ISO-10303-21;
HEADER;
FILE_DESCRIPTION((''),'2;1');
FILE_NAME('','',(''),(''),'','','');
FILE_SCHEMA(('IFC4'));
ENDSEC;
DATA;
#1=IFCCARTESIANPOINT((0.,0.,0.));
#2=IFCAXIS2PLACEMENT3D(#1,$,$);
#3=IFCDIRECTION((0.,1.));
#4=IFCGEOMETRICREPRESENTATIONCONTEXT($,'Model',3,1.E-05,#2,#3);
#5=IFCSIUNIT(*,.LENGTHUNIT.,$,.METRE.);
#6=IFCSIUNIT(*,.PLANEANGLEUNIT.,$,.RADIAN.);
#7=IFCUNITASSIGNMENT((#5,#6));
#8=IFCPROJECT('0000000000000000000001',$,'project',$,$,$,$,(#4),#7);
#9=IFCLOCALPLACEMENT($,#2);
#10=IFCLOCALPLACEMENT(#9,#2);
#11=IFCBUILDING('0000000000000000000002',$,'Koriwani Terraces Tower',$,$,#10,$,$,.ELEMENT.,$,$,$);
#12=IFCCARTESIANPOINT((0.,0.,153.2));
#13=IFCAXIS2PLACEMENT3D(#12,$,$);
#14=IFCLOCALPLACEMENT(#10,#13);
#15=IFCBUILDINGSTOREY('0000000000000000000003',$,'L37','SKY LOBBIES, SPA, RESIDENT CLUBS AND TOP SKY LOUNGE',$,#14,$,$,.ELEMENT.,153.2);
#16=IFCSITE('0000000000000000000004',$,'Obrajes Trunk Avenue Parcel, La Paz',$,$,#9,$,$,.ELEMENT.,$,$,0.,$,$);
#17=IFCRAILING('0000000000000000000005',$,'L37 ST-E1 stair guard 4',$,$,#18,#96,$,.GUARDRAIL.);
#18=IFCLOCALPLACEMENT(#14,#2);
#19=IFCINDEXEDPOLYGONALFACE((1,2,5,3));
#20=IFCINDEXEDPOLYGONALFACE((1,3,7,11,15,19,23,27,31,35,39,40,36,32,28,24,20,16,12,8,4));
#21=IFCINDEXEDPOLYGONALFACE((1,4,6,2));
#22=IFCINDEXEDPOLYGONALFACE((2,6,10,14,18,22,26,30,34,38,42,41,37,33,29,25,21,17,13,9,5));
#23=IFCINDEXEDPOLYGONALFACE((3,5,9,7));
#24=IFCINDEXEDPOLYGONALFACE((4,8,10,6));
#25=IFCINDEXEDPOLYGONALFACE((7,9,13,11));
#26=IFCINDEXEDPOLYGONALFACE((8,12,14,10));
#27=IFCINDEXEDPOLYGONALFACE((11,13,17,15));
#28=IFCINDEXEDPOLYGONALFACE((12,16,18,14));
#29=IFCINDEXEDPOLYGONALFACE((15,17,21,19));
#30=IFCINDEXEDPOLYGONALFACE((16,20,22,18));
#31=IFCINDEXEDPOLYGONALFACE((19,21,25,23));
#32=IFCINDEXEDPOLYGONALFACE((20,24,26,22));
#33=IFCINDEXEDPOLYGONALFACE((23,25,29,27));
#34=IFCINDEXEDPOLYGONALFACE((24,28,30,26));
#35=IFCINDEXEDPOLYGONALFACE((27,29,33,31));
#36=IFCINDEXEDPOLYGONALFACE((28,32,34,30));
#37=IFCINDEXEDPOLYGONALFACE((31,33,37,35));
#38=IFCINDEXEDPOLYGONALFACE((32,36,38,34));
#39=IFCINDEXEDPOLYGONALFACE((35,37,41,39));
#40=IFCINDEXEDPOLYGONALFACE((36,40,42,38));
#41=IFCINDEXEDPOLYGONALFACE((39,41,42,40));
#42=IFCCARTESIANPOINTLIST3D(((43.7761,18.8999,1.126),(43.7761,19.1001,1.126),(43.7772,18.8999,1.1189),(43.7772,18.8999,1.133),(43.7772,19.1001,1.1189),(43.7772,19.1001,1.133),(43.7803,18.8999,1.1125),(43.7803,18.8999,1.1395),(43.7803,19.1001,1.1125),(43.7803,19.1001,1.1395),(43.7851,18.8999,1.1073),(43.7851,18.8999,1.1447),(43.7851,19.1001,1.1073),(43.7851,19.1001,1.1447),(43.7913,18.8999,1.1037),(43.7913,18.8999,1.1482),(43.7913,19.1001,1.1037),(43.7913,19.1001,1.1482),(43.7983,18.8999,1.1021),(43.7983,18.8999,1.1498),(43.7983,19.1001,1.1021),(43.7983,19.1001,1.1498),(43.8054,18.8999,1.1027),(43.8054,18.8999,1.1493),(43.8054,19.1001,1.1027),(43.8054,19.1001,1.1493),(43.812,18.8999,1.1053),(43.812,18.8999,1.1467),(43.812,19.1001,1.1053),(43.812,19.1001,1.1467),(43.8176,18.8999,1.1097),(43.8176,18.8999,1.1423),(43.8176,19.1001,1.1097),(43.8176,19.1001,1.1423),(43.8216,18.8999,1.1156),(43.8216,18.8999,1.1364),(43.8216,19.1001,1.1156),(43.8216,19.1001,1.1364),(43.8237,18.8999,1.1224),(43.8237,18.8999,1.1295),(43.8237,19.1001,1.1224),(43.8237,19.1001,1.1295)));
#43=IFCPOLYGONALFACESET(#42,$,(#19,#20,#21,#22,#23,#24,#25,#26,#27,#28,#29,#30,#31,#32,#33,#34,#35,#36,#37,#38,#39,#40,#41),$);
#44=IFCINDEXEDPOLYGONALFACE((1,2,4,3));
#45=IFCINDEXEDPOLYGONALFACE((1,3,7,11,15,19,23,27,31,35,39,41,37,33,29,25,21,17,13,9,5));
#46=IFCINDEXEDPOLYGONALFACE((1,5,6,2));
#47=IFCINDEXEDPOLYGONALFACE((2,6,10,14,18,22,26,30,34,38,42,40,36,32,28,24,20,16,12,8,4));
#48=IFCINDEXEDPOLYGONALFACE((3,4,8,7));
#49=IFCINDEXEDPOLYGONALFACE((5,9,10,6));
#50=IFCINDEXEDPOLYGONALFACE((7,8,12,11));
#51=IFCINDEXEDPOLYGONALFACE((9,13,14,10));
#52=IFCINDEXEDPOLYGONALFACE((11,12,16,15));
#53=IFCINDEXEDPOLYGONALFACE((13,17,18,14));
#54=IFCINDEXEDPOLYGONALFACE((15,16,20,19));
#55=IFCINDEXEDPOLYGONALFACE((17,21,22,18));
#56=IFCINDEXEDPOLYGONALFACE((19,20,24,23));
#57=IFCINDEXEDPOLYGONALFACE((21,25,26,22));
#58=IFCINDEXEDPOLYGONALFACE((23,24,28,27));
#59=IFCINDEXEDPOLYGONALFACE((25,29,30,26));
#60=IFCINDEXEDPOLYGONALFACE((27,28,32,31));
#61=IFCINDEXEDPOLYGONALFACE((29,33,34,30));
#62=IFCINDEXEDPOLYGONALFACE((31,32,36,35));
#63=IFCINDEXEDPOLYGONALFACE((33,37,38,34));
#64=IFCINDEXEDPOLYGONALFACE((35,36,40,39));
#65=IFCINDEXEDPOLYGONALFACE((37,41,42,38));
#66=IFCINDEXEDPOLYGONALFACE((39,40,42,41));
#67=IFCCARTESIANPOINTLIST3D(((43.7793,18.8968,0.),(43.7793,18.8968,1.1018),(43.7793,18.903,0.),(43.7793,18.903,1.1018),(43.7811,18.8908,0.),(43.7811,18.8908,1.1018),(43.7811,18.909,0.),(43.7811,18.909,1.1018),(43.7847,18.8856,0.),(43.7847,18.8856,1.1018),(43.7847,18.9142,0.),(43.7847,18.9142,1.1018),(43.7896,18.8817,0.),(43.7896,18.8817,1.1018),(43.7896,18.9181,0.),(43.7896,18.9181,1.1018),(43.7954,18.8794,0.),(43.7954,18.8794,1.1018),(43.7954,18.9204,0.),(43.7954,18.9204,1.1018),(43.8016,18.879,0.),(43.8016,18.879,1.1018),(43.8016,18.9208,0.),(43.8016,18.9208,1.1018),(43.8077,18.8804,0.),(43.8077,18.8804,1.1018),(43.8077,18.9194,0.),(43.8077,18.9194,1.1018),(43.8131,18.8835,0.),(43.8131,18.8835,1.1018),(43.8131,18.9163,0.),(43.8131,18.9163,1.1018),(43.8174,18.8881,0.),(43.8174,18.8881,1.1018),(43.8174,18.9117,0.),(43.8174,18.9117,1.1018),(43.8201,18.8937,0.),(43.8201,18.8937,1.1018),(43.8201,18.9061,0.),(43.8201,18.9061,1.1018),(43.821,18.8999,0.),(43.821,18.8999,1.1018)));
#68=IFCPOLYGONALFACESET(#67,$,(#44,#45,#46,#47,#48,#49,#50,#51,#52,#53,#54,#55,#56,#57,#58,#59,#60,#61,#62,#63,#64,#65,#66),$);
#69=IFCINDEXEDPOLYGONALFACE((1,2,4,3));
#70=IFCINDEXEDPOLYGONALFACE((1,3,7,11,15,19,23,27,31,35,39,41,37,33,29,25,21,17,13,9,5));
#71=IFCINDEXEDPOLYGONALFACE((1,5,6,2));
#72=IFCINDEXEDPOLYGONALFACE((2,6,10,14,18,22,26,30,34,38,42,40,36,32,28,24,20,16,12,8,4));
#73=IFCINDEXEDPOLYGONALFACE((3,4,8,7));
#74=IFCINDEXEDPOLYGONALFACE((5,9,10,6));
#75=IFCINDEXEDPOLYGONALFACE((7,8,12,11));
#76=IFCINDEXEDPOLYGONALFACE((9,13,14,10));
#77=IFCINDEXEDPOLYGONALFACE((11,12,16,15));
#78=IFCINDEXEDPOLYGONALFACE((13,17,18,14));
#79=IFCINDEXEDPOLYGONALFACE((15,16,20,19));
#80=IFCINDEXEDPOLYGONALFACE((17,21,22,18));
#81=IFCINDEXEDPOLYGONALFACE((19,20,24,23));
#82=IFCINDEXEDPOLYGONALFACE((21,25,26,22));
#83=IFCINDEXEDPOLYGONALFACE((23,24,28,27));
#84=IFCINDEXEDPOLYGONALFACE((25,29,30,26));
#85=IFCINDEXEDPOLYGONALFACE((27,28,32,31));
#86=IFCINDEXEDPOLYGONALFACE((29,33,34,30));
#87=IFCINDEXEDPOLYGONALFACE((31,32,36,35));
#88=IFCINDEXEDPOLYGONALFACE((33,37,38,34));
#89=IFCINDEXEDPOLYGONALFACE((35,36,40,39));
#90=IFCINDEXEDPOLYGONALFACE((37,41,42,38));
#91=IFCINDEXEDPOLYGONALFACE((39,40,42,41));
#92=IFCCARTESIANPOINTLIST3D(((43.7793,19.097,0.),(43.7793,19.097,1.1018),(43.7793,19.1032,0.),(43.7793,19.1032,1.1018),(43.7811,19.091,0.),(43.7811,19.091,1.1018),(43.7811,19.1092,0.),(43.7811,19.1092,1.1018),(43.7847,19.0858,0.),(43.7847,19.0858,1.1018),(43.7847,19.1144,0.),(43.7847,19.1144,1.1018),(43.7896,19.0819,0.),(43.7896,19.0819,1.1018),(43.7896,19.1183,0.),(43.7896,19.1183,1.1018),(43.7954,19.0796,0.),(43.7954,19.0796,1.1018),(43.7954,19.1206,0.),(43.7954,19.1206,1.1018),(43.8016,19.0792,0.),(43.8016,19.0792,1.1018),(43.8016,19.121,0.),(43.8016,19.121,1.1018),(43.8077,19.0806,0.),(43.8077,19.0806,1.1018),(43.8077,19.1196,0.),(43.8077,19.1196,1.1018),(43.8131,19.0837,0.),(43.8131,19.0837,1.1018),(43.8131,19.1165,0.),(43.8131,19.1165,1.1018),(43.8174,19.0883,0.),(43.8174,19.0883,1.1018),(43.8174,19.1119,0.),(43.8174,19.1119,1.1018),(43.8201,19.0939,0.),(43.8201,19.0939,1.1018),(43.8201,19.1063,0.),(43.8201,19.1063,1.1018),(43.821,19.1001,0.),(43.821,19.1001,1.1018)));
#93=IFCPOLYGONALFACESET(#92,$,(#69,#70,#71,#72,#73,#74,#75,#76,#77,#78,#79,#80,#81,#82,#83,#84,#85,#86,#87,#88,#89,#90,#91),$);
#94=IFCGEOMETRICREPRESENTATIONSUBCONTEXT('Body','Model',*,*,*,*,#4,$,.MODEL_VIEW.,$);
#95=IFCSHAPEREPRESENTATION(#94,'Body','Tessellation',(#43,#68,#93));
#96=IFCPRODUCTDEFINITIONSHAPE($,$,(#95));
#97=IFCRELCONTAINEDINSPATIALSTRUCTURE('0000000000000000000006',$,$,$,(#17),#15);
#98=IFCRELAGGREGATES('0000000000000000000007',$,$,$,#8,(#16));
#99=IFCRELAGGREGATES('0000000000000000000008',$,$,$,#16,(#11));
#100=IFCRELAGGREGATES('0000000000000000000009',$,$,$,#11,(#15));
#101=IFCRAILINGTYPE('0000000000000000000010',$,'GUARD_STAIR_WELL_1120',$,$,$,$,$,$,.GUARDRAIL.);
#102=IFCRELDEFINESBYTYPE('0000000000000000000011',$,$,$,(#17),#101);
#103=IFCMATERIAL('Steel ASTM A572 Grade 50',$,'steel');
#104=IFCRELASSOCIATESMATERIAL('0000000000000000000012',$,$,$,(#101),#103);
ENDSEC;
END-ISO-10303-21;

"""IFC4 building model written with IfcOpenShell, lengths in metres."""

from ifc_helpers import new_model, si_unit, direction, frame, origin, origin_2d, place, context, subcontext, project, spatial, circle, extrude, material, type_object, element, save


model = new_model("IFC4")

# Units and contexts
model_context = context("Model", 3, precision=1e-05, world=origin(), true_north=direction((0.0, 1.0)))
body_context = subcontext(model_context, "Body", "Model", "MODEL_VIEW")
ifc_project = project(units=[si_unit("LENGTHUNIT", "METRE"), si_unit("PLANEANGLEUNIT", "RADIAN")], contexts=[model_context])

# Site, building, storey
site_placement = place(None, origin())
site = spatial("IfcSite", under=ifc_project, at=site_placement, Name="Obrajes Trunk Avenue Parcel, La Paz", CompositionType="ELEMENT", RefElevation=0.0)
building_placement = place(site_placement, origin())
building = spatial("IfcBuilding", under=site, at=building_placement, Name="Koriwani Terraces Tower", CompositionType="ELEMENT")
storey_placement = place(building_placement, frame((0.0, 0.0, 153.2)))
storey = spatial("IfcBuildingStorey", under=building, at=storey_placement, Name="L37", Description="SKY LOBBIES, SPA, RESIDENT CLUBS AND TOP SKY LOUNGE", CompositionType="ELEMENT", Elevation=153.2)

# Shared definitions
ifc_material_1 = material(Name="Steel ASTM A572 Grade 50", Category="steel")

# Railing
railing_type_1 = type_object("IfcRailingType", Name="GUARD_STAIR_WELL_1120", PredefinedType="GUARDRAIL", material=ifc_material_1)
railing_1_placement = place(storey_placement, frame((43.8, 18.8999, 0.0)))
element("IfcRailing", 1, at=railing_1_placement, inside=storey, type_object=railing_type_1, Name="L37 ST-E1 stair guard 4", PredefinedType="GUARDRAIL", context=body_context, shape_type="SweptSolid", body=[
    extrude(circle(Radius=0.0239, at=origin_2d()), frame((0.0, 0.0, 1.126), z_axis=(0.0, 1.0, 0.0), x_axis=(-1.0, 0.0, 0.0)), (0.0, 0.0, 1.0), 0.2002),
    extrude(circle(Radius=0.021, at=origin_2d()), origin(), (0.0, 0.0, 1.0), 1.1018),
    extrude(circle(Radius=0.021, at=origin_2d()), frame((0.0, 0.2002, 0.0)), (0.0, 0.0, 1.0), 1.1018),
])

save(model, "model.ifc")
